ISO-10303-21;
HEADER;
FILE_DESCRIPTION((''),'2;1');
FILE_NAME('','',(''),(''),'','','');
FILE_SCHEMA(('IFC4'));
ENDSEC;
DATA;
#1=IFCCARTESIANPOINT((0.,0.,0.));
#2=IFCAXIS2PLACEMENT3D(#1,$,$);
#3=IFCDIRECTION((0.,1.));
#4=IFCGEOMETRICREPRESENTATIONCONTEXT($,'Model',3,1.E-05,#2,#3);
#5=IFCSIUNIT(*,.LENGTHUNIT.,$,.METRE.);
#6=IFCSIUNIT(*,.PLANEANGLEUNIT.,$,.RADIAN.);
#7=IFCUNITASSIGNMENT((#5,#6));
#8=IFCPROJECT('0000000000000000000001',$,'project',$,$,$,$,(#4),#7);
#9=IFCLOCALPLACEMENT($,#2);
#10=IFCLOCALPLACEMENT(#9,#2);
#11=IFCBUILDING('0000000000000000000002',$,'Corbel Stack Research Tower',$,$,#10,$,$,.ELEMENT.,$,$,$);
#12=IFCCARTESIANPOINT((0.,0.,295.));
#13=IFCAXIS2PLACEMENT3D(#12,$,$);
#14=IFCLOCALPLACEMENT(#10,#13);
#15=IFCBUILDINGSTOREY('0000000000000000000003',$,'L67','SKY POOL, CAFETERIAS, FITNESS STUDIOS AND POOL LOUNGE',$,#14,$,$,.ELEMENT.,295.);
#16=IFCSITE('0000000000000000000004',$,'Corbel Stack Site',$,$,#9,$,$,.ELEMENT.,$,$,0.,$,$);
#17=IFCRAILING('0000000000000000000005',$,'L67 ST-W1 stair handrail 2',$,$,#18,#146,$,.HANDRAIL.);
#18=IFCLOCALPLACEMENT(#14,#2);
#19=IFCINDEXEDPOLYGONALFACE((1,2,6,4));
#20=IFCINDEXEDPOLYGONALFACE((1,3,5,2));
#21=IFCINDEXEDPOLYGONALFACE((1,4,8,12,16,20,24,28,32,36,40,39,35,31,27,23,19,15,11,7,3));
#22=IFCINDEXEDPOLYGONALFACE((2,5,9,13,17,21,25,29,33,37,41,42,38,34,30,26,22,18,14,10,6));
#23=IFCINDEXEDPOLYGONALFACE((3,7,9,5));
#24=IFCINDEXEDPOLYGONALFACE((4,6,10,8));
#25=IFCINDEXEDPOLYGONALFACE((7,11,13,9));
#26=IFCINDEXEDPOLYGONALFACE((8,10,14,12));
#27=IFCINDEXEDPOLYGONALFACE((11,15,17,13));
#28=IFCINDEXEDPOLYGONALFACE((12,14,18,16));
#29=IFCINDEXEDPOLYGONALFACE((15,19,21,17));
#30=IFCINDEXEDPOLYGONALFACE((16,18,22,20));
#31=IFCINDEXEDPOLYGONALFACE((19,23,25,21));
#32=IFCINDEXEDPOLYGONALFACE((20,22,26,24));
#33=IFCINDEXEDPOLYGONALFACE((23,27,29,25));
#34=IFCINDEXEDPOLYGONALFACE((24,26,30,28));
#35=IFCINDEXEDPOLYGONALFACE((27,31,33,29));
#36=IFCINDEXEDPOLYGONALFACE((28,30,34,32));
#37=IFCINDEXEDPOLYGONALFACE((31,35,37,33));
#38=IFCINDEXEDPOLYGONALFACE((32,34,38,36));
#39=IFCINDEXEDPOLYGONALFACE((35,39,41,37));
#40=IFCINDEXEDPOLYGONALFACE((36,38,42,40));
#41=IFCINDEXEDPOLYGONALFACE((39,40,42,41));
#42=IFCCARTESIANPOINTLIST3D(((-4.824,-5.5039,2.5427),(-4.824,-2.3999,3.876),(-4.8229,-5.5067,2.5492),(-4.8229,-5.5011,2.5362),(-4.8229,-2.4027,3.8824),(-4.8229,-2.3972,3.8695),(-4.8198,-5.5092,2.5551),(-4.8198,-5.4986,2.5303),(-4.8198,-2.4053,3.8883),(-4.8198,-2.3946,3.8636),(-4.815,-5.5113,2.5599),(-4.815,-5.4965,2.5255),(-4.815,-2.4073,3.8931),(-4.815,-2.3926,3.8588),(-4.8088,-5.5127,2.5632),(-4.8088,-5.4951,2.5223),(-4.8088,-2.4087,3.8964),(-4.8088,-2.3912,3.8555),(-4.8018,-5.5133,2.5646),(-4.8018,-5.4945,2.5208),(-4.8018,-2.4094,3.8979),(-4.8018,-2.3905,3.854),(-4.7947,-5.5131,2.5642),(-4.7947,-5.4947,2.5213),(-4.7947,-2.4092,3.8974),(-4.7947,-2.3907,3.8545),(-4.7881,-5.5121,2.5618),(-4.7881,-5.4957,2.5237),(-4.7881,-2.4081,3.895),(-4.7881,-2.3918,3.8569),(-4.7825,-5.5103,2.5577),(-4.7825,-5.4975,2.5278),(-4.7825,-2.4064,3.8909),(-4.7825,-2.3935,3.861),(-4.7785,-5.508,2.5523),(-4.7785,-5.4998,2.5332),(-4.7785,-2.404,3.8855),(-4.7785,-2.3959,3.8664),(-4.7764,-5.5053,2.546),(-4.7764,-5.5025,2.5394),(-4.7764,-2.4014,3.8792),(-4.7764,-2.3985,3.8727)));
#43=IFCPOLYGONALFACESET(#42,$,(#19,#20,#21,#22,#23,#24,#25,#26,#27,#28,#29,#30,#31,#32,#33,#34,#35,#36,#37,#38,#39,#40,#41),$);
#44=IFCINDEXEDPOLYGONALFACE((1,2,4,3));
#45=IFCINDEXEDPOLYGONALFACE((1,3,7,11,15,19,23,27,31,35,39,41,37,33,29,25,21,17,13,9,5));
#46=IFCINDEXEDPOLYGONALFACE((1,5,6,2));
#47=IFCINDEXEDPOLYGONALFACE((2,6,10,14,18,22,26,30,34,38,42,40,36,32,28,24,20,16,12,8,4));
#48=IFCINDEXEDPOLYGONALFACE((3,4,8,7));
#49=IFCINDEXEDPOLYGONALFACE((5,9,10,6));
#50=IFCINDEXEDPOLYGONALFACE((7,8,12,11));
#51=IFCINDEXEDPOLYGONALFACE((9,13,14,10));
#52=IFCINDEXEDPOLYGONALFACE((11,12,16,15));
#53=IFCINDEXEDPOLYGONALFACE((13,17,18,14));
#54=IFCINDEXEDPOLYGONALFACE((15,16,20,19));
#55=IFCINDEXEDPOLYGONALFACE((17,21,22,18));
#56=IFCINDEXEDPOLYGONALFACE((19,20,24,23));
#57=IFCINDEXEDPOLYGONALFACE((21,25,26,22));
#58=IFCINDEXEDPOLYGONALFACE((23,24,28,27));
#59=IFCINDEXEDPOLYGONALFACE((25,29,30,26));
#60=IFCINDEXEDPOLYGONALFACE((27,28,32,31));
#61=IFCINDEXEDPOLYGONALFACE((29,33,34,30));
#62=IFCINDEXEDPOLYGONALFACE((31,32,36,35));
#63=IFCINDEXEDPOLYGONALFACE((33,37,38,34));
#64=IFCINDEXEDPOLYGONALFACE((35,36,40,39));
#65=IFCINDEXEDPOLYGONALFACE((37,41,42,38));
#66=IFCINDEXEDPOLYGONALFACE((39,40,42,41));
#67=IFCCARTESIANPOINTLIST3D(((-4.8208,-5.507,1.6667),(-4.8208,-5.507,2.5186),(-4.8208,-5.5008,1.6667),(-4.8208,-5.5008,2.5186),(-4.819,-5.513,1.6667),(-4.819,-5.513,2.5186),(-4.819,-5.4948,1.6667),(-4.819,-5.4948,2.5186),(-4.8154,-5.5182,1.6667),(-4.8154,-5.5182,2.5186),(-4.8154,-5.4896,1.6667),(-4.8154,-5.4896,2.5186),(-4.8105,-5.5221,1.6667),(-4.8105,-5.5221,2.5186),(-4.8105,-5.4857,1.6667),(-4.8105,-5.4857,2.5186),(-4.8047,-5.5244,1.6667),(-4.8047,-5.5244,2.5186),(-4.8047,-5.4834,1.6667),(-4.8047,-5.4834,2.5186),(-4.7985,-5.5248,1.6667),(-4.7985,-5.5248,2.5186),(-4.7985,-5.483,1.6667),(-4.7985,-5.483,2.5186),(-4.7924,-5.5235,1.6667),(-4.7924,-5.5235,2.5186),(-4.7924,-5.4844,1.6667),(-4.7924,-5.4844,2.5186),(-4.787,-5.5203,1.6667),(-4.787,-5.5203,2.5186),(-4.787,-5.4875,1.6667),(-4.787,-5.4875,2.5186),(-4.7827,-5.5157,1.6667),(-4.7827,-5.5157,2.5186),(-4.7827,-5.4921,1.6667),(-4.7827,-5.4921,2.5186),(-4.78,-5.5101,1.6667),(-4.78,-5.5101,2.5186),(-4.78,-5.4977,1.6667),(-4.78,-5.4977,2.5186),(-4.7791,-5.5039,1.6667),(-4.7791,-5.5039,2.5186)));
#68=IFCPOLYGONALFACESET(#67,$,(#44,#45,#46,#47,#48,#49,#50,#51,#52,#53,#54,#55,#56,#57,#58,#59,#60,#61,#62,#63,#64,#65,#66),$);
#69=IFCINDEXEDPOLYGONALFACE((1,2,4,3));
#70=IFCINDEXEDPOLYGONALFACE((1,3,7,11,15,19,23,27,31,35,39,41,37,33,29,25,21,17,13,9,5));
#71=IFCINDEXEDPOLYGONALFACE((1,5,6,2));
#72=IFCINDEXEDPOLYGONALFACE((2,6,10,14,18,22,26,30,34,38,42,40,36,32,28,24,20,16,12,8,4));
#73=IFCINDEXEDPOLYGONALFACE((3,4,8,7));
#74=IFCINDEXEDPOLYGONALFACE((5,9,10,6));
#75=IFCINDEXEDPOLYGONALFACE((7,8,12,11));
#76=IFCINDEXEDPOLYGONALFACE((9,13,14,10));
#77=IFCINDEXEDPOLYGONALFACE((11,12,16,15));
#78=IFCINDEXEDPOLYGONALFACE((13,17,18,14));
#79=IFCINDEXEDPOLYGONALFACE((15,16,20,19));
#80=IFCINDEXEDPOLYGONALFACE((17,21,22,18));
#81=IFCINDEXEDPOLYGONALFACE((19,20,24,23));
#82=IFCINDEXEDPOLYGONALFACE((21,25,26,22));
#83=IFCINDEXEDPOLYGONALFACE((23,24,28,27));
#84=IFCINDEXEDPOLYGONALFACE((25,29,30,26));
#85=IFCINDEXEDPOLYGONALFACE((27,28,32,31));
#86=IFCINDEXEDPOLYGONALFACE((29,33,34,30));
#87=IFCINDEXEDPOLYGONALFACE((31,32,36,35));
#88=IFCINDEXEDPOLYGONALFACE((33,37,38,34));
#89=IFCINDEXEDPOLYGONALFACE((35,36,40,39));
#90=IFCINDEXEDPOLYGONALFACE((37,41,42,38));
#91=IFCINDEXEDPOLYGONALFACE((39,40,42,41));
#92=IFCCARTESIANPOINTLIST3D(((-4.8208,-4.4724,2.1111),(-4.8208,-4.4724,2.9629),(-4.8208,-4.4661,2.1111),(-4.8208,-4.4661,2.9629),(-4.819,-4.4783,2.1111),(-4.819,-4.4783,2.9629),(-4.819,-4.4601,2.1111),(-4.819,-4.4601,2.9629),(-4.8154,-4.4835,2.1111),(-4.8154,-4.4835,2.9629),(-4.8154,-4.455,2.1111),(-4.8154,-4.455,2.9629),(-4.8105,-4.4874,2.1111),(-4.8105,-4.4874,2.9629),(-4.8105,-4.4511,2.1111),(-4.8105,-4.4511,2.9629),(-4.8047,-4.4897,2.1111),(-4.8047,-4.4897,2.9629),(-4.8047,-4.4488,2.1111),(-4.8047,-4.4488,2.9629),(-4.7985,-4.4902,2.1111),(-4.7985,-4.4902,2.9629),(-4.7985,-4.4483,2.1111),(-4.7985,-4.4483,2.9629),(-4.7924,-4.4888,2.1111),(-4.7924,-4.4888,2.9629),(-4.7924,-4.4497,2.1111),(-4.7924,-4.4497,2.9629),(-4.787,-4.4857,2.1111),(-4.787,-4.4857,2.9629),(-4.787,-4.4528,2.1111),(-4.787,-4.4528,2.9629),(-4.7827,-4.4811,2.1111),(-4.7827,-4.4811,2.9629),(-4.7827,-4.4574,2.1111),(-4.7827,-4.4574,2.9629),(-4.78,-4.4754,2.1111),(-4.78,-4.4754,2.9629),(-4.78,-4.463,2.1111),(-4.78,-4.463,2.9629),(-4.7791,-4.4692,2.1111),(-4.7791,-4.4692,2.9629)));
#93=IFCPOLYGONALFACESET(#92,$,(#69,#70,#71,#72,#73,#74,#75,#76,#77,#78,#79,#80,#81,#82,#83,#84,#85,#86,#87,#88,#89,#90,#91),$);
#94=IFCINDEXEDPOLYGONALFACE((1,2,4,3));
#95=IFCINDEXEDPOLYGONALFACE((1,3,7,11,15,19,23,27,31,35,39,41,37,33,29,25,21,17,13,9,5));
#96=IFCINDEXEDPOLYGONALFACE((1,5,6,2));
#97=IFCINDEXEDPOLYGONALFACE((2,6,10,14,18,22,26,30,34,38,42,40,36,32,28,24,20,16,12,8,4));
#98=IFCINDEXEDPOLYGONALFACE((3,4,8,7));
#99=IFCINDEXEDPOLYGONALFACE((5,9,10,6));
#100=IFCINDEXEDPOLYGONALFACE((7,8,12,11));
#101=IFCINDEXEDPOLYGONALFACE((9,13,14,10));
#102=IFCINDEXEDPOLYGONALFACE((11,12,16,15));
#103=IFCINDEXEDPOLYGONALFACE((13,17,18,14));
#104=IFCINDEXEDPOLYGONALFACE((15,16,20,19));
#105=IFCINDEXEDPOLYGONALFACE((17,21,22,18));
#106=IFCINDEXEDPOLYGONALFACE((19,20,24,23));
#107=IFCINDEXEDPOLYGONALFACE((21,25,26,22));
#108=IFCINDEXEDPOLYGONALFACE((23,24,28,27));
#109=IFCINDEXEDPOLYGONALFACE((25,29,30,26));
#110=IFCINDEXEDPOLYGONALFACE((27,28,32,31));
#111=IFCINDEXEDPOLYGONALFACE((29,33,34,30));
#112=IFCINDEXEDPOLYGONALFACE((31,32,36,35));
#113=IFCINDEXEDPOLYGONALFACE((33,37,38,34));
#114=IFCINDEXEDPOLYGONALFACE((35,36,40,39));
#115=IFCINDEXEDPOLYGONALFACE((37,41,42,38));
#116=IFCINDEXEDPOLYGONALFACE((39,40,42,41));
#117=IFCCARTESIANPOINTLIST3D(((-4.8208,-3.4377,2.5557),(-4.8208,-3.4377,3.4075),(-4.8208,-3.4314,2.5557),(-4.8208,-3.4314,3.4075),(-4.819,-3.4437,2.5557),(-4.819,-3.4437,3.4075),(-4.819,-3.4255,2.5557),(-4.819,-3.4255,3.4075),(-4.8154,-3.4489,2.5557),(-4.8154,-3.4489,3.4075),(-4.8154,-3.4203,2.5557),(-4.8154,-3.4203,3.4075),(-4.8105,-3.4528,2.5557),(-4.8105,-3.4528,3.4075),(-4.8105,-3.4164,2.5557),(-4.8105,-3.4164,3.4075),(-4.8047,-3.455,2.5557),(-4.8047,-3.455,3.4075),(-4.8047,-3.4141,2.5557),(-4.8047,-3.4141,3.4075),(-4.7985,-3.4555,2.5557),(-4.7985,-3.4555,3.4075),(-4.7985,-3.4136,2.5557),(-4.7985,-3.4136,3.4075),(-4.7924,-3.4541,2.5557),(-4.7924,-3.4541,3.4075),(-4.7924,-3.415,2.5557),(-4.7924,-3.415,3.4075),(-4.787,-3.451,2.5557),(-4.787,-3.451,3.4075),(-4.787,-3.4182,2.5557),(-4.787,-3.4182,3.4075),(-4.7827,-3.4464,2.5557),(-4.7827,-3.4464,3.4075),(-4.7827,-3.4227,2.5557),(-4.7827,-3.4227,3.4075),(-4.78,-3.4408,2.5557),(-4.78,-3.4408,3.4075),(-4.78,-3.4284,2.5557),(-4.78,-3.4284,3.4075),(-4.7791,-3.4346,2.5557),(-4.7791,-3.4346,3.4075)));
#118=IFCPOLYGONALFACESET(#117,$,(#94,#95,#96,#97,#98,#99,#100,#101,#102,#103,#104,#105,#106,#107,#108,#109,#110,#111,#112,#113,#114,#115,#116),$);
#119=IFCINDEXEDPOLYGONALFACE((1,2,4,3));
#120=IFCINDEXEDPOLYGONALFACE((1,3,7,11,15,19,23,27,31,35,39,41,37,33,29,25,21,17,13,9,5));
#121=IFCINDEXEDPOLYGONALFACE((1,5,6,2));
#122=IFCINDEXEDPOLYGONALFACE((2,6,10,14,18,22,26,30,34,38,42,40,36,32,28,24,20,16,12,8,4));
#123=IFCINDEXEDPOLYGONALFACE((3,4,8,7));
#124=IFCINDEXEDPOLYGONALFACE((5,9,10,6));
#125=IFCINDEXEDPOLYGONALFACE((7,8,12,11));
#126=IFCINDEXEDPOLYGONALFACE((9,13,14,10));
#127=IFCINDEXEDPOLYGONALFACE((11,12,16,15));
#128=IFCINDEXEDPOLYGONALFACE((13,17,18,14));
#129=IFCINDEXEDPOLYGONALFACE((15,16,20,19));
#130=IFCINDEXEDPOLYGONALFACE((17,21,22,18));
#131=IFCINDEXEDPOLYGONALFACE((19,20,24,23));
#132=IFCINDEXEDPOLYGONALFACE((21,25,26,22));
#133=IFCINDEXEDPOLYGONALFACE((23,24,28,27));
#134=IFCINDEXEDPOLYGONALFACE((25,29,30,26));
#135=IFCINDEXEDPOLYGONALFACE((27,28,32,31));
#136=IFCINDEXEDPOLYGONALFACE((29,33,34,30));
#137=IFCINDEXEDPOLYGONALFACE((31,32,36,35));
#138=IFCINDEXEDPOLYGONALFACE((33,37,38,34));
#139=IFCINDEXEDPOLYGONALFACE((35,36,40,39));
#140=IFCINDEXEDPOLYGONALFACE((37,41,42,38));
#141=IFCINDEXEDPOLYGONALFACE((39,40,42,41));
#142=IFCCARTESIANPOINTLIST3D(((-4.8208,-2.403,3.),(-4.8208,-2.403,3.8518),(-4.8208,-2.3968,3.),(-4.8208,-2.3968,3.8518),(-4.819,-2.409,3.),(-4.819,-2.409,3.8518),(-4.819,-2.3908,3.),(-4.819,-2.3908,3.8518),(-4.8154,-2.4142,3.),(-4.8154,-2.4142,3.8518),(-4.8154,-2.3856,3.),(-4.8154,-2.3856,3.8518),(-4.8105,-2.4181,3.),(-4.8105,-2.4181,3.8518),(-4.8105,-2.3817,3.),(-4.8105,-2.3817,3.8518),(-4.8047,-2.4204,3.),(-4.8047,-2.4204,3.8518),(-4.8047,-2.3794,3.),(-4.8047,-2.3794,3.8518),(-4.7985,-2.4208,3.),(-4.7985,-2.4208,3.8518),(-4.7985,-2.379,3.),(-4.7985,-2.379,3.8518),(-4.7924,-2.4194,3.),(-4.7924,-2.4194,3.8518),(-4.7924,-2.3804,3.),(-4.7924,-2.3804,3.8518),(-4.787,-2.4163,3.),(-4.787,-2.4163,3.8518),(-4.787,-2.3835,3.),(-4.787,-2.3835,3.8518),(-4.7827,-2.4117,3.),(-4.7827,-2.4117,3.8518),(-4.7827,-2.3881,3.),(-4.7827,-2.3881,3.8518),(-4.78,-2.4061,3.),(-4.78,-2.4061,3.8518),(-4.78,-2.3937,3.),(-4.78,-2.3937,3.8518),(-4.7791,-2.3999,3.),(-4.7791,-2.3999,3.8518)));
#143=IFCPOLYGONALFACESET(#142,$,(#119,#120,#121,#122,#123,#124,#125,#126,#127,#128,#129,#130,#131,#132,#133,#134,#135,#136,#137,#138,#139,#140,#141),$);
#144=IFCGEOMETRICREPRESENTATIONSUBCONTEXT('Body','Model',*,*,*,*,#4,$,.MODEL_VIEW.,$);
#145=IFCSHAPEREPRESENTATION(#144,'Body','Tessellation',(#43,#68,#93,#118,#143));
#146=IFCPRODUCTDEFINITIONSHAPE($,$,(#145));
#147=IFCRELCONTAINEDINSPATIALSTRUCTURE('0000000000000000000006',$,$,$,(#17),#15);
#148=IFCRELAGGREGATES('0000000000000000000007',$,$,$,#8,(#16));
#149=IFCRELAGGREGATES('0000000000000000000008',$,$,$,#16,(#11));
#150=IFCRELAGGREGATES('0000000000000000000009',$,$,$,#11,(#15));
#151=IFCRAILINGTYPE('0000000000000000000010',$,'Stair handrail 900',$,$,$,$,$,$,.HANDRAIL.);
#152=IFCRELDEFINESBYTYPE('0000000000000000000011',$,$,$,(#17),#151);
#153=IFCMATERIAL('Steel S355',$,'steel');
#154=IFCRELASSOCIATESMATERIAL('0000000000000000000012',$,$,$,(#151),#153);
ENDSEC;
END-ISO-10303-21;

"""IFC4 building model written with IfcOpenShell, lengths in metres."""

from ifc_helpers import new_model, si_unit, direction, frame, origin, origin_2d, place, context, subcontext, project, spatial, circle, extrude, material, type_object, element, save


model = new_model("IFC4")

# Units and contexts
model_context = context("Model", 3, precision=1e-05, world=origin(), true_north=direction((0.0, 1.0)))
body_context = subcontext(model_context, "Body", "Model", "MODEL_VIEW")
ifc_project = project(units=[si_unit("LENGTHUNIT", "METRE"), si_unit("PLANEANGLEUNIT", "RADIAN")], contexts=[model_context])

# Site, building, storey
site_placement = place(None, origin())
site = spatial("IfcSite", under=ifc_project, at=site_placement, Name="Corbel Stack Site", CompositionType="ELEMENT", RefElevation=0.0)
building_placement = place(site_placement, origin())
building = spatial("IfcBuilding", under=site, at=building_placement, Name="Corbel Stack Research Tower", CompositionType="ELEMENT")
storey_placement = place(building_placement, frame((0.0, 0.0, 295.0)))
storey = spatial("IfcBuildingStorey", under=building, at=storey_placement, Name="L67", Description="SKY POOL, CAFETERIAS, FITNESS STUDIOS AND POOL LOUNGE", CompositionType="ELEMENT", Elevation=295.0)

# Railing
ifc_material_1 = material(Name="Steel S355", Category="steel")
railing_type_1 = type_object("IfcRailingType", Name="Stair handrail 900", PredefinedType="HANDRAIL", material=ifc_material_1)
for number, where, name in (
    (1, (-4.8, -5.5039, 1.6667), "L67 ST-W1 stair handrail 2"),
):
    element("IfcRailing", number, at=place(storey_placement, frame(where)), inside=storey, type_object=railing_type_1, Name=name, PredefinedType="HANDRAIL", context=body_context, shape_type="SweptSolid", body=[
        extrude(circle(Radius=0.0239, at=origin_2d()), frame((0.0, 0.0, 0.876), z_axis=(0.0, 0.918827, 0.394661), x_axis=(-1.0, 0.0, 0.0)), (0.0, 0.0, 1.0), 3.3782),
        extrude(circle(Radius=0.021, at=origin_2d()), origin(), (0.0, 0.0, 1.0), 0.8518),
        extrude(circle(Radius=0.021, at=origin_2d()), frame((0.0, 1.0347, 0.4443)), (0.0, 0.0, 1.0), 0.8518),
        extrude(circle(Radius=0.021, at=origin_2d()), frame((0.0, 2.0693, 0.8889)), (0.0, 0.0, 1.0), 0.8518),
        extrude(circle(Radius=0.021, at=origin_2d()), frame((0.0, 3.104, 1.3333)), (0.0, 0.0, 1.0), 0.8518),
    ])

save(model, "model.ifc")
